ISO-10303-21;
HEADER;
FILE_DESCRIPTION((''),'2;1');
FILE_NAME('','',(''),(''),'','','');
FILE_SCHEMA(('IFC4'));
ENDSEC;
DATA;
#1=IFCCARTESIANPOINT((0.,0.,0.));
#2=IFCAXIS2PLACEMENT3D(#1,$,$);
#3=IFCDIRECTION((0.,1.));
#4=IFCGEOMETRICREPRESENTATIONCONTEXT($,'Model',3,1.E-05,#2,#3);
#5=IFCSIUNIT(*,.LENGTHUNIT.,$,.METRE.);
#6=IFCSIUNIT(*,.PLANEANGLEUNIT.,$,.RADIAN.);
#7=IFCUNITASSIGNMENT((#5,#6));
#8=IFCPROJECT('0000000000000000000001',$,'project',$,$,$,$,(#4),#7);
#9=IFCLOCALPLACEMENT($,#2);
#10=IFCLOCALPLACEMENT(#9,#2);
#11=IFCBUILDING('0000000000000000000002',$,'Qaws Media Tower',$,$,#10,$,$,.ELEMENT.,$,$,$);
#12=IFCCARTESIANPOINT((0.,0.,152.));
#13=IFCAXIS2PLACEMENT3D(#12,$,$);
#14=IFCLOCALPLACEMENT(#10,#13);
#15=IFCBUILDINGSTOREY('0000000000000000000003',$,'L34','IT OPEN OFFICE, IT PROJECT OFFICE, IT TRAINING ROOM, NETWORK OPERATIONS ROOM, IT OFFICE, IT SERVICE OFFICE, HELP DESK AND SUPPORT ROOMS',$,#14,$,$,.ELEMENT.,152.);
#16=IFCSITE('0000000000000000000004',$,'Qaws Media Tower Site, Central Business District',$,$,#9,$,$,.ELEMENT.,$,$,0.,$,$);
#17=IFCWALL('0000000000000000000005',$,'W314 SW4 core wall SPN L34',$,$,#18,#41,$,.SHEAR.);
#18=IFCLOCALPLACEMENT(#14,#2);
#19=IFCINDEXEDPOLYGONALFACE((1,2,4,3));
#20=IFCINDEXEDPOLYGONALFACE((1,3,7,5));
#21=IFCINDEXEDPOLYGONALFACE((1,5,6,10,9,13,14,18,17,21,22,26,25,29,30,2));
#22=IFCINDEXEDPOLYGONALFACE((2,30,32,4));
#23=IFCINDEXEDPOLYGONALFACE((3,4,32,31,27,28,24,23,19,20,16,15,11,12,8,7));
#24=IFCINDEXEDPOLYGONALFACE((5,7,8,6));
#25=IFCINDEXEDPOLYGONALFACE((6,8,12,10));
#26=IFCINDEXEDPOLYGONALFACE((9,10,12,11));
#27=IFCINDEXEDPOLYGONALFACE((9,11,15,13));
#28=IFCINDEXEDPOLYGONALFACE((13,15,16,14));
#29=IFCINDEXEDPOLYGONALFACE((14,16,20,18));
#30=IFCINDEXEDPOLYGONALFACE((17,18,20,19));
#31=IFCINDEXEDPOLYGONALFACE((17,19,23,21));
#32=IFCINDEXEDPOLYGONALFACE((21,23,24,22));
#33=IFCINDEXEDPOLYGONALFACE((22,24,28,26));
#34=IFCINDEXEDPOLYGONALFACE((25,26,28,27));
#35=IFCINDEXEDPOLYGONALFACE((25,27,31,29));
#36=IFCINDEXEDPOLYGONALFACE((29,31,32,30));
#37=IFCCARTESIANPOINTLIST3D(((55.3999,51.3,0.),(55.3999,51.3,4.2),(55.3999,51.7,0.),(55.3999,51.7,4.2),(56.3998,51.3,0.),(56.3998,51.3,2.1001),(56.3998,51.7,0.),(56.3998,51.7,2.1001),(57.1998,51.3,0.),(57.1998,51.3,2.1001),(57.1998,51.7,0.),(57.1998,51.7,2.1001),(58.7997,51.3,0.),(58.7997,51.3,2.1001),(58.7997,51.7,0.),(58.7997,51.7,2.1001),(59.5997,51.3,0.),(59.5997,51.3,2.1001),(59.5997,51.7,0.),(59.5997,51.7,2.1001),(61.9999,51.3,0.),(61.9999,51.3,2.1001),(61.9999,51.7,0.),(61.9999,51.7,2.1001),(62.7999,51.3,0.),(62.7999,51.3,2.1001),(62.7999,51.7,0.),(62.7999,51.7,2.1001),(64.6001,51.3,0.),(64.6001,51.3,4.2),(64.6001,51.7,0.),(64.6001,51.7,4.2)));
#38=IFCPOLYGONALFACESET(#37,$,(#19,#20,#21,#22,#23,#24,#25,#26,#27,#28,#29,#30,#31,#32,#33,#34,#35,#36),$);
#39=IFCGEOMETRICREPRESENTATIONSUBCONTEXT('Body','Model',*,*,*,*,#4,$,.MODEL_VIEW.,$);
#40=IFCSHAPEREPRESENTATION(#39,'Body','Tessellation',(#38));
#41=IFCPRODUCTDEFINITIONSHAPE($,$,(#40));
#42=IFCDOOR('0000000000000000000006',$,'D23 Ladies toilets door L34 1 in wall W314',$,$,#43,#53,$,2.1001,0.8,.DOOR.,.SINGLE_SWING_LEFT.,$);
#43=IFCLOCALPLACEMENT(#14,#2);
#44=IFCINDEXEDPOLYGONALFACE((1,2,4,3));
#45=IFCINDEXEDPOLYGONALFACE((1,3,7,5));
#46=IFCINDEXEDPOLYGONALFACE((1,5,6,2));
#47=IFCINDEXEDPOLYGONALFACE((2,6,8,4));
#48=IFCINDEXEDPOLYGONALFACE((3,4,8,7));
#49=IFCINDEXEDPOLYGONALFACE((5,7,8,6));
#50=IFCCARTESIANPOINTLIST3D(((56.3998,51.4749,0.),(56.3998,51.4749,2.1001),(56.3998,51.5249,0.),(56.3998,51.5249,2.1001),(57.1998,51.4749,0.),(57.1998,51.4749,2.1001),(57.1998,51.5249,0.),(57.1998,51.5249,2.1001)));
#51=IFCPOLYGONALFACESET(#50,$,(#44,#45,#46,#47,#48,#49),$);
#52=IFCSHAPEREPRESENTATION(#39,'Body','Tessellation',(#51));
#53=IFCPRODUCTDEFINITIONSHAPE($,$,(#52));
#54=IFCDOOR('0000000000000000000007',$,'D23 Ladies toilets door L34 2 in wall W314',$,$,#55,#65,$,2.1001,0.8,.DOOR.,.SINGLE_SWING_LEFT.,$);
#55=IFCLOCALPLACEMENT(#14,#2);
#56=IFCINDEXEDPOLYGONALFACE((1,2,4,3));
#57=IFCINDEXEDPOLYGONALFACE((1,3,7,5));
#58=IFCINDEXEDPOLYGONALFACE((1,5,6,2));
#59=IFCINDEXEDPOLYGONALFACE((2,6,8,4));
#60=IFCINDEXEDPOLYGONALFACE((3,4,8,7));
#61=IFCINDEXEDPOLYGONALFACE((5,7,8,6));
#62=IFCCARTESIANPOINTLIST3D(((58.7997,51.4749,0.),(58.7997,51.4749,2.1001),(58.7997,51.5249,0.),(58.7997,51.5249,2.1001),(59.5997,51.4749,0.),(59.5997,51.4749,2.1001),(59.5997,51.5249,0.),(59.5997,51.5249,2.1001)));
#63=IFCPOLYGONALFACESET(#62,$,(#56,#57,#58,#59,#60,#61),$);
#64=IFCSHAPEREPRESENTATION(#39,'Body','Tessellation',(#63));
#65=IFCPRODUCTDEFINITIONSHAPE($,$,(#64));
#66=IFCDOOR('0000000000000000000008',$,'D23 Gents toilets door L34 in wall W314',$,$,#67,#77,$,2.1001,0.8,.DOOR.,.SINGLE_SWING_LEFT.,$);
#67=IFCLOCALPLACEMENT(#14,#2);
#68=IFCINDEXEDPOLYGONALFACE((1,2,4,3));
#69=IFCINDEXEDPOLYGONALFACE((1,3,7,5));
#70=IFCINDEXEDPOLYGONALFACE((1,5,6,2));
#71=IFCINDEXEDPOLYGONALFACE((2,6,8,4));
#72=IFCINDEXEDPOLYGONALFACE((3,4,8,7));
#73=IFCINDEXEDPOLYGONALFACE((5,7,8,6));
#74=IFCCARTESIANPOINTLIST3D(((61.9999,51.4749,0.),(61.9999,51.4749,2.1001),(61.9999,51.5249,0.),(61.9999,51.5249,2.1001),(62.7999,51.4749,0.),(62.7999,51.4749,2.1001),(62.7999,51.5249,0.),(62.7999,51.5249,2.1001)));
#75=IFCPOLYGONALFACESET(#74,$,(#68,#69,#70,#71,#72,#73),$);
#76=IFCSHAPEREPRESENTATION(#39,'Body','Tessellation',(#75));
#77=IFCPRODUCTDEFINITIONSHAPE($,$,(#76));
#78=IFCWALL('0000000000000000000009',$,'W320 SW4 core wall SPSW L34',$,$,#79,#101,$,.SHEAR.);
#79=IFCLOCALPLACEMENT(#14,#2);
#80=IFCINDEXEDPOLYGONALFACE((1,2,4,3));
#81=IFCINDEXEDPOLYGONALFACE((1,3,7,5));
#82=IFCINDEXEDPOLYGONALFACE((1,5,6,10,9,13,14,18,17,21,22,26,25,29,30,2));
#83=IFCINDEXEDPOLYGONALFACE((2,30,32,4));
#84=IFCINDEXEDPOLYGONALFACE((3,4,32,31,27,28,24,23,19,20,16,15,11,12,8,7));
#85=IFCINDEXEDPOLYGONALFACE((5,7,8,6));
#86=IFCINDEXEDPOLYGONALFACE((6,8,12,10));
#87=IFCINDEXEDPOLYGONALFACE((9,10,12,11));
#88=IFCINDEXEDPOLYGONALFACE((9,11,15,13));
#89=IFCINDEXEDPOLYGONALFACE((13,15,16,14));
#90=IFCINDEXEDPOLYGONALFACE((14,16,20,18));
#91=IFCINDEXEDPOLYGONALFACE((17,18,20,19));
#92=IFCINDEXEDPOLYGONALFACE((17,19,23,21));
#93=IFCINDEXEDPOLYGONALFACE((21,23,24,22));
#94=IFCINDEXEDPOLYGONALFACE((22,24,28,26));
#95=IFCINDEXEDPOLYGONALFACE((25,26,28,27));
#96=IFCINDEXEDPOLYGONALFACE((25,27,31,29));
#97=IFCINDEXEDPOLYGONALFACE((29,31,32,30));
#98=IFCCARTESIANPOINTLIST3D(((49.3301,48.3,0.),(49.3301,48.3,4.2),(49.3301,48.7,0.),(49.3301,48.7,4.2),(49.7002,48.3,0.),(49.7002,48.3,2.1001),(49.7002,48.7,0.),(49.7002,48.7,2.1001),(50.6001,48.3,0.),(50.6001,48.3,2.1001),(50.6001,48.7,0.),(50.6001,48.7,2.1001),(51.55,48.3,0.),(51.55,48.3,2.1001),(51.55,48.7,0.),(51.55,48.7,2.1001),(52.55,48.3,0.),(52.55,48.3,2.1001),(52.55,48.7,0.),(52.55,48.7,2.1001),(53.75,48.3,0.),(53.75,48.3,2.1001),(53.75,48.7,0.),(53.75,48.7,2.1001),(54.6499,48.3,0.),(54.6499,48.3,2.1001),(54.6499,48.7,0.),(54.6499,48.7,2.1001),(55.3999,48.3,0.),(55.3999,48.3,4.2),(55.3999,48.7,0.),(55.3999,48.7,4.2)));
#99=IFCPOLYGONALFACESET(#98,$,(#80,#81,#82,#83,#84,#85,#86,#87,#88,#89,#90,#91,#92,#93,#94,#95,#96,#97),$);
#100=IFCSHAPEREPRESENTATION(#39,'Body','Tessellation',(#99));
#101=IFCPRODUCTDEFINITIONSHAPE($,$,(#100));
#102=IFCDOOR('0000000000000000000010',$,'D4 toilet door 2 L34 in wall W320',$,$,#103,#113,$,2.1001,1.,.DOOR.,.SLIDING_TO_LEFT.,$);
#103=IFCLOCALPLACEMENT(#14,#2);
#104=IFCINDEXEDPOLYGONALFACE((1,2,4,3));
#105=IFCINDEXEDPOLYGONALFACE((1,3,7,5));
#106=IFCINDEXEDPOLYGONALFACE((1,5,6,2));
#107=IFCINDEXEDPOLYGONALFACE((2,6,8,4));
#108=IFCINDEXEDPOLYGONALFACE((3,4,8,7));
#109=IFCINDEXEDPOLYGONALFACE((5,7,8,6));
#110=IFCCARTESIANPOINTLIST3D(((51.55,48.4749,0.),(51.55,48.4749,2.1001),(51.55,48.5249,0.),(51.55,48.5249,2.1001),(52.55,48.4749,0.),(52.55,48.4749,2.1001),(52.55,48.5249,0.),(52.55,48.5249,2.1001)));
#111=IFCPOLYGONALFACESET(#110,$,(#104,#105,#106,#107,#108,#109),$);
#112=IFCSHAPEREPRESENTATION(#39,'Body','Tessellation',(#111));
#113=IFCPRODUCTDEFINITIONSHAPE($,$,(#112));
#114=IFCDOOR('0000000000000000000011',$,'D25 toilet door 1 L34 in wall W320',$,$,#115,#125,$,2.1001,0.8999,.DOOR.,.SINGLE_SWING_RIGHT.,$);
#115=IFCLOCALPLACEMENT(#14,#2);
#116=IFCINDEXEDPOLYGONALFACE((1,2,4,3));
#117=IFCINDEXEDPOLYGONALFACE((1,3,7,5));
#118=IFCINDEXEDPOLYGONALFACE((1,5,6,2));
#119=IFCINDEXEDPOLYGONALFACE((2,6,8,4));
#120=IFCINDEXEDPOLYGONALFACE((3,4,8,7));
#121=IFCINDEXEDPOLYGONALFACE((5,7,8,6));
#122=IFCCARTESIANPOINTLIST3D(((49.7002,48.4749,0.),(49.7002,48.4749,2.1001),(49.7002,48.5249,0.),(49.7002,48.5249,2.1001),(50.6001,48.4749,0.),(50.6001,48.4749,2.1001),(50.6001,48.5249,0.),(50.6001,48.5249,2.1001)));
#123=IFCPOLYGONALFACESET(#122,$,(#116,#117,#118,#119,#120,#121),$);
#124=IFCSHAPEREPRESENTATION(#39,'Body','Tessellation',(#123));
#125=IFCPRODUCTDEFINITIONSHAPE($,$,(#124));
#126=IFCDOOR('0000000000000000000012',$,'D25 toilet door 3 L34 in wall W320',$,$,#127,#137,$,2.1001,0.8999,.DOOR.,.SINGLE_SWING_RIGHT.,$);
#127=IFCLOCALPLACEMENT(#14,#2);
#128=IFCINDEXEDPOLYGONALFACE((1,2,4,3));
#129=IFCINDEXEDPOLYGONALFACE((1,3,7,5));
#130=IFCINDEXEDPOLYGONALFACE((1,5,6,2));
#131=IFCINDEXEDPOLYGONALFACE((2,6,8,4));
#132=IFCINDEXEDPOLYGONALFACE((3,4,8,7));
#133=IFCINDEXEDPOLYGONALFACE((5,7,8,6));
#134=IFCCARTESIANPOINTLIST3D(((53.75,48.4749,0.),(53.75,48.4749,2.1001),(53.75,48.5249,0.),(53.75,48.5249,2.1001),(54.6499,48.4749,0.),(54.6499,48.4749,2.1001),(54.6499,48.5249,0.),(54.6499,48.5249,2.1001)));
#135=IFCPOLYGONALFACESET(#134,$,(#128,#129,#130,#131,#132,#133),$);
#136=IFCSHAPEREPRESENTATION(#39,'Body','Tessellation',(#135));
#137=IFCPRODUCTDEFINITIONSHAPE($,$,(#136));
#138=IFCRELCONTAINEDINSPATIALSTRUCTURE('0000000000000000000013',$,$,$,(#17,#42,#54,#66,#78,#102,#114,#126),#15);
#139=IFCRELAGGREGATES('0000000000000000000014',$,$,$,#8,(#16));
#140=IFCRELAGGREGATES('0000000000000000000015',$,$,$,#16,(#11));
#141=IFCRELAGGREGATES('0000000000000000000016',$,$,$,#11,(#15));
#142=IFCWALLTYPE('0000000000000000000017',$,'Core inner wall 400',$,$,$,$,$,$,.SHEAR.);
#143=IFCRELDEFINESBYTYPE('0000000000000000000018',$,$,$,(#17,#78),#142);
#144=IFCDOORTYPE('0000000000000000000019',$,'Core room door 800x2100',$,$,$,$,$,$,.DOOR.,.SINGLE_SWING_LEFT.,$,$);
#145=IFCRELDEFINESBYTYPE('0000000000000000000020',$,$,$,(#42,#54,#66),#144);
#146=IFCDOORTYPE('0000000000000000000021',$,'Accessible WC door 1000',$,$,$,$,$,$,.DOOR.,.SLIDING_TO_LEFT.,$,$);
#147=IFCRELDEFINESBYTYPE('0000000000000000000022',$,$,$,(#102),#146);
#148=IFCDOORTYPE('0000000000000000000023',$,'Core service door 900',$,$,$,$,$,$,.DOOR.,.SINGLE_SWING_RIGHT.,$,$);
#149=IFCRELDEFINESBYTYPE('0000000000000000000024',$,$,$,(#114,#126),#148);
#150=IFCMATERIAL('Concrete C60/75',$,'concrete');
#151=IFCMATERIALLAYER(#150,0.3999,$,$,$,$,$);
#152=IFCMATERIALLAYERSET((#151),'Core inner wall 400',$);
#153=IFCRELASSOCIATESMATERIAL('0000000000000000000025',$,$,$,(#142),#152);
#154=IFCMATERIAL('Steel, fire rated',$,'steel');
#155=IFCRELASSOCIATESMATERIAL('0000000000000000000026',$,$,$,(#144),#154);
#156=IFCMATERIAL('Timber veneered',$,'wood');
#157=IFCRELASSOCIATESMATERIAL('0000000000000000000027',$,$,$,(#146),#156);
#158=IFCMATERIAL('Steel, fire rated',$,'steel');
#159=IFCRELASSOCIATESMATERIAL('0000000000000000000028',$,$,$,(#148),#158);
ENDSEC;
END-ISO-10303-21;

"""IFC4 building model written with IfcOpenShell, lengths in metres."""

from ifc_helpers import new_model, si_unit, direction, frame, frame_2d, origin, place, context, subcontext, project, spatial, rectangle, extrude, material, layer, layer_set, type_object, element, fill, save


model = new_model("IFC4")

# Units and contexts
model_context = context("Model", 3, precision=1e-05, world=origin(), true_north=direction((0.0, 1.0)))
body_context = subcontext(model_context, "Body", "Model", "MODEL_VIEW")
ifc_project = project(units=[si_unit("LENGTHUNIT", "METRE"), si_unit("PLANEANGLEUNIT", "RADIAN")], contexts=[model_context])

# Site, building, storey
site_placement = place(None, origin())
site = spatial("IfcSite", under=ifc_project, at=site_placement, Name="Qaws Media Tower Site, Central Business District", CompositionType="ELEMENT", RefElevation=0.0)
building_placement = place(site_placement, origin())
building = spatial("IfcBuilding", under=site, at=building_placement, Name="Qaws Media Tower", CompositionType="ELEMENT")
storey_placement = place(building_placement, frame((0.0, 0.0, 152.0)))
storey = spatial("IfcBuildingStorey", under=building, at=storey_placement, Name="L34", Description="IT OPEN OFFICE, IT PROJECT OFFICE, IT TRAINING ROOM, NETWORK OPERATIONS ROOM, IT OFFICE, IT SERVICE OFFICE, HELP DESK AND SUPPORT ROOMS", CompositionType="ELEMENT", Elevation=152.0)

# Shared definitions
ifc_material_1 = material(Name="Concrete C60/75", Category="concrete")
ifc_layer_1 = layer(ifc_material_1, 0.3999)
ifc_layer_set_1 = layer_set([ifc_layer_1], Name="Core inner wall 400")
wall_type_1 = type_object("IfcWallType", Name="Core inner wall 400", PredefinedType="SHEAR", material=ifc_layer_set_1)

# Walls, openings, doors
wall_1_placement = place(storey_placement, frame((55.3999, 51.5, 0.0), z_axis=(0.0, 0.0, 1.0), x_axis=(1.0, 0.0, 0.0)))
wall_1 = element("IfcWall", 1, at=wall_1_placement, inside=storey, type_object=wall_type_1, Name="W314 SW4 core wall SPN L34", PredefinedType="SHEAR", context=body_context, shape_type="SweptSolid", body=[
    extrude(rectangle(XDim=9.2002, YDim=0.3999, at=frame_2d((4.6001, 0.0))), origin(), (0.0, 0.0, 1.0), 4.2),
])
opening_1_placement = place(wall_1_placement, frame((1.0, 0.0, 0.0)))
opening_1 = element("IfcOpeningElement", 2, at=opening_1_placement, cuts=wall_1, PredefinedType="OPENING", context=body_context, shape_type="SweptSolid", body=[
    extrude(rectangle(XDim=0.8, YDim=2.1001, at=frame_2d((0.3999, 1.05))), frame((0.0, 0.21, 0.0), z_axis=(0.0, -1.0, 0.0), x_axis=(1.0, 0.0, 0.0)), (0.0, 0.0, 1.0), 0.4199),
])
opening_2_placement = place(wall_1_placement, frame((3.3999, 0.0, 0.0)))
opening_2 = element("IfcOpeningElement", 3, at=opening_2_placement, cuts=wall_1, PredefinedType="OPENING", context=body_context, shape_type="SweptSolid", body=[
    extrude(rectangle(XDim=0.8, YDim=2.1001, at=frame_2d((0.3999, 1.05))), frame((0.0, 0.21, 0.0), z_axis=(0.0, -1.0, 0.0), x_axis=(1.0, 0.0, 0.0)), (0.0, 0.0, 1.0), 0.4199),
])
opening_3_placement = place(wall_1_placement, frame((6.6001, 0.0, 0.0)))
opening_3 = element("IfcOpeningElement", 4, at=opening_3_placement, cuts=wall_1, PredefinedType="OPENING", context=body_context, shape_type="SweptSolid", body=[
    extrude(rectangle(XDim=0.8, YDim=2.1001, at=frame_2d((0.3999, 1.05))), frame((0.0, 0.21, 0.0), z_axis=(0.0, -1.0, 0.0), x_axis=(1.0, 0.0, 0.0)), (0.0, 0.0, 1.0), 0.4199),
])
ifc_material_2 = material(Name="Steel, fire rated", Category="steel")
door_type_1 = type_object("IfcDoorType", Name="Core room door 800x2100", OperationType="SINGLE_SWING_LEFT", PredefinedType="DOOR", material=ifc_material_2)
door_1_placement = place(opening_1_placement, origin())
door_1 = element("IfcDoor", 5, at=door_1_placement, inside=storey, type_object=door_type_1, Name="D23 Ladies toilets door L34 1 in wall W314", OperationType="SINGLE_SWING_LEFT", OverallHeight=2.1001, OverallWidth=0.8, PredefinedType="DOOR", context=body_context, shape_type="SweptSolid", body=[
    extrude(rectangle(XDim=0.8, YDim=2.1001, at=frame_2d((0.3999, 1.05))), frame((0.0, 0.0249, 0.0), z_axis=(0.0, -1.0, 0.0), x_axis=(1.0, 0.0, 0.0)), (0.0, 0.0, 1.0), 0.05),
])
fill(opening_1, door_1)
door_2_placement = place(opening_2_placement, origin())
door_2 = element("IfcDoor", 6, at=door_2_placement, inside=storey, type_object=door_type_1, Name="D23 Ladies toilets door L34 2 in wall W314", OperationType="SINGLE_SWING_LEFT", OverallHeight=2.1001, OverallWidth=0.8, PredefinedType="DOOR", context=body_context, shape_type="SweptSolid", body=[
    extrude(rectangle(XDim=0.8, YDim=2.1001, at=frame_2d((0.3999, 1.05))), frame((0.0, 0.0249, 0.0), z_axis=(0.0, -1.0, 0.0), x_axis=(1.0, 0.0, 0.0)), (0.0, 0.0, 1.0), 0.05),
])
fill(opening_2, door_2)
door_3_placement = place(opening_3_placement, origin())
door_3 = element("IfcDoor", 7, at=door_3_placement, inside=storey, type_object=door_type_1, Name="D23 Gents toilets door L34 in wall W314", OperationType="SINGLE_SWING_LEFT", OverallHeight=2.1001, OverallWidth=0.8, PredefinedType="DOOR", context=body_context, shape_type="SweptSolid", body=[
    extrude(rectangle(XDim=0.8, YDim=2.1001, at=frame_2d((0.3999, 1.05))), frame((0.0, 0.0249, 0.0), z_axis=(0.0, -1.0, 0.0), x_axis=(1.0, 0.0, 0.0)), (0.0, 0.0, 1.0), 0.05),
])
fill(opening_3, door_3)
wall_2_placement = place(storey_placement, frame((49.3301, 48.5, 0.0), z_axis=(0.0, 0.0, 1.0), x_axis=(1.0, 0.0, 0.0)))
wall_2 = element("IfcWall", 8, at=wall_2_placement, inside=storey, type_object=wall_type_1, Name="W320 SW4 core wall SPSW L34", PredefinedType="SHEAR", context=body_context, shape_type="SweptSolid", body=[
    extrude(rectangle(XDim=6.0698, YDim=0.3999, at=frame_2d((3.0349, 0.0))), origin(), (0.0, 0.0, 1.0), 4.2),
])
opening_4_placement = place(wall_2_placement, frame((0.3701, 0.0, 0.0)))
opening_4 = element("IfcOpeningElement", 9, at=opening_4_placement, cuts=wall_2, PredefinedType="OPENING", context=body_context, shape_type="SweptSolid", body=[
    extrude(rectangle(XDim=0.8999, YDim=2.1001, at=frame_2d((0.45, 1.05))), frame((0.0, 0.21, 0.0), z_axis=(0.0, -1.0, 0.0), x_axis=(1.0, 0.0, 0.0)), (0.0, 0.0, 1.0), 0.4199),
])
opening_5_placement = place(wall_2_placement, frame((2.22, 0.0, 0.0)))
opening_5 = element("IfcOpeningElement", 10, at=opening_5_placement, cuts=wall_2, PredefinedType="OPENING", context=body_context, shape_type="SweptSolid", body=[
    extrude(rectangle(XDim=1.0, YDim=2.1001, at=frame_2d((0.5, 1.05))), frame((0.0, 0.21, 0.0), z_axis=(0.0, -1.0, 0.0), x_axis=(1.0, 0.0, 0.0)), (0.0, 0.0, 1.0), 0.4199),
])
opening_6_placement = place(wall_2_placement, frame((4.4199, 0.0, 0.0)))
opening_6 = element("IfcOpeningElement", 11, at=opening_6_placement, cuts=wall_2, PredefinedType="OPENING", context=body_context, shape_type="SweptSolid", body=[
    extrude(rectangle(XDim=0.8999, YDim=2.1001, at=frame_2d((0.45, 1.05))), frame((0.0, 0.21, 0.0), z_axis=(0.0, -1.0, 0.0), x_axis=(1.0, 0.0, 0.0)), (0.0, 0.0, 1.0), 0.4199),
])
ifc_material_3 = material(Name="Timber veneered", Category="wood")
door_type_2 = type_object("IfcDoorType", Name="Accessible WC door 1000", OperationType="SLIDING_TO_LEFT", PredefinedType="DOOR", material=ifc_material_3)
door_4_placement = place(opening_5_placement, origin())
door_4 = element("IfcDoor", 12, at=door_4_placement, inside=storey, type_object=door_type_2, Name="D4 toilet door 2 L34 in wall W320", OperationType="SLIDING_TO_LEFT", OverallHeight=2.1001, OverallWidth=1.0, PredefinedType="DOOR", context=body_context, shape_type="SweptSolid", body=[
    extrude(rectangle(XDim=1.0, YDim=2.1001, at=frame_2d((0.5, 1.05))), frame((0.0, 0.0249, 0.0), z_axis=(0.0, -1.0, 0.0), x_axis=(1.0, 0.0, 0.0)), (0.0, 0.0, 1.0), 0.05),
])
fill(opening_5, door_4)
ifc_material_4 = material(Name="Steel, fire rated", Category="steel")
door_type_3 = type_object("IfcDoorType", Name="Core service door 900", OperationType="SINGLE_SWING_RIGHT", PredefinedType="DOOR", material=ifc_material_4)
door_5_placement = place(opening_4_placement, origin())
door_5 = element("IfcDoor", 13, at=door_5_placement, inside=storey, type_object=door_type_3, Name="D25 toilet door 1 L34 in wall W320", OperationType="SINGLE_SWING_RIGHT", OverallHeight=2.1001, OverallWidth=0.8999, PredefinedType="DOOR", context=body_context, shape_type="SweptSolid", body=[
    extrude(rectangle(XDim=0.8999, YDim=2.1001, at=frame_2d((0.45, 1.05))), frame((0.0, 0.0249, 0.0), z_axis=(0.0, -1.0, 0.0), x_axis=(1.0, 0.0, 0.0)), (0.0, 0.0, 1.0), 0.05),
])
fill(opening_4, door_5)
door_6_placement = place(opening_6_placement, origin())
door_6 = element("IfcDoor", 14, at=door_6_placement, inside=storey, type_object=door_type_3, Name="D25 toilet door 3 L34 in wall W320", OperationType="SINGLE_SWING_RIGHT", OverallHeight=2.1001, OverallWidth=0.8999, PredefinedType="DOOR", context=body_context, shape_type="SweptSolid", body=[
    extrude(rectangle(XDim=0.8999, YDim=2.1001, at=frame_2d((0.45, 1.05))), frame((0.0, 0.0249, 0.0), z_axis=(0.0, -1.0, 0.0), x_axis=(1.0, 0.0, 0.0)), (0.0, 0.0, 1.0), 0.05),
])
fill(opening_6, door_6)

save(model, "model.ifc")
